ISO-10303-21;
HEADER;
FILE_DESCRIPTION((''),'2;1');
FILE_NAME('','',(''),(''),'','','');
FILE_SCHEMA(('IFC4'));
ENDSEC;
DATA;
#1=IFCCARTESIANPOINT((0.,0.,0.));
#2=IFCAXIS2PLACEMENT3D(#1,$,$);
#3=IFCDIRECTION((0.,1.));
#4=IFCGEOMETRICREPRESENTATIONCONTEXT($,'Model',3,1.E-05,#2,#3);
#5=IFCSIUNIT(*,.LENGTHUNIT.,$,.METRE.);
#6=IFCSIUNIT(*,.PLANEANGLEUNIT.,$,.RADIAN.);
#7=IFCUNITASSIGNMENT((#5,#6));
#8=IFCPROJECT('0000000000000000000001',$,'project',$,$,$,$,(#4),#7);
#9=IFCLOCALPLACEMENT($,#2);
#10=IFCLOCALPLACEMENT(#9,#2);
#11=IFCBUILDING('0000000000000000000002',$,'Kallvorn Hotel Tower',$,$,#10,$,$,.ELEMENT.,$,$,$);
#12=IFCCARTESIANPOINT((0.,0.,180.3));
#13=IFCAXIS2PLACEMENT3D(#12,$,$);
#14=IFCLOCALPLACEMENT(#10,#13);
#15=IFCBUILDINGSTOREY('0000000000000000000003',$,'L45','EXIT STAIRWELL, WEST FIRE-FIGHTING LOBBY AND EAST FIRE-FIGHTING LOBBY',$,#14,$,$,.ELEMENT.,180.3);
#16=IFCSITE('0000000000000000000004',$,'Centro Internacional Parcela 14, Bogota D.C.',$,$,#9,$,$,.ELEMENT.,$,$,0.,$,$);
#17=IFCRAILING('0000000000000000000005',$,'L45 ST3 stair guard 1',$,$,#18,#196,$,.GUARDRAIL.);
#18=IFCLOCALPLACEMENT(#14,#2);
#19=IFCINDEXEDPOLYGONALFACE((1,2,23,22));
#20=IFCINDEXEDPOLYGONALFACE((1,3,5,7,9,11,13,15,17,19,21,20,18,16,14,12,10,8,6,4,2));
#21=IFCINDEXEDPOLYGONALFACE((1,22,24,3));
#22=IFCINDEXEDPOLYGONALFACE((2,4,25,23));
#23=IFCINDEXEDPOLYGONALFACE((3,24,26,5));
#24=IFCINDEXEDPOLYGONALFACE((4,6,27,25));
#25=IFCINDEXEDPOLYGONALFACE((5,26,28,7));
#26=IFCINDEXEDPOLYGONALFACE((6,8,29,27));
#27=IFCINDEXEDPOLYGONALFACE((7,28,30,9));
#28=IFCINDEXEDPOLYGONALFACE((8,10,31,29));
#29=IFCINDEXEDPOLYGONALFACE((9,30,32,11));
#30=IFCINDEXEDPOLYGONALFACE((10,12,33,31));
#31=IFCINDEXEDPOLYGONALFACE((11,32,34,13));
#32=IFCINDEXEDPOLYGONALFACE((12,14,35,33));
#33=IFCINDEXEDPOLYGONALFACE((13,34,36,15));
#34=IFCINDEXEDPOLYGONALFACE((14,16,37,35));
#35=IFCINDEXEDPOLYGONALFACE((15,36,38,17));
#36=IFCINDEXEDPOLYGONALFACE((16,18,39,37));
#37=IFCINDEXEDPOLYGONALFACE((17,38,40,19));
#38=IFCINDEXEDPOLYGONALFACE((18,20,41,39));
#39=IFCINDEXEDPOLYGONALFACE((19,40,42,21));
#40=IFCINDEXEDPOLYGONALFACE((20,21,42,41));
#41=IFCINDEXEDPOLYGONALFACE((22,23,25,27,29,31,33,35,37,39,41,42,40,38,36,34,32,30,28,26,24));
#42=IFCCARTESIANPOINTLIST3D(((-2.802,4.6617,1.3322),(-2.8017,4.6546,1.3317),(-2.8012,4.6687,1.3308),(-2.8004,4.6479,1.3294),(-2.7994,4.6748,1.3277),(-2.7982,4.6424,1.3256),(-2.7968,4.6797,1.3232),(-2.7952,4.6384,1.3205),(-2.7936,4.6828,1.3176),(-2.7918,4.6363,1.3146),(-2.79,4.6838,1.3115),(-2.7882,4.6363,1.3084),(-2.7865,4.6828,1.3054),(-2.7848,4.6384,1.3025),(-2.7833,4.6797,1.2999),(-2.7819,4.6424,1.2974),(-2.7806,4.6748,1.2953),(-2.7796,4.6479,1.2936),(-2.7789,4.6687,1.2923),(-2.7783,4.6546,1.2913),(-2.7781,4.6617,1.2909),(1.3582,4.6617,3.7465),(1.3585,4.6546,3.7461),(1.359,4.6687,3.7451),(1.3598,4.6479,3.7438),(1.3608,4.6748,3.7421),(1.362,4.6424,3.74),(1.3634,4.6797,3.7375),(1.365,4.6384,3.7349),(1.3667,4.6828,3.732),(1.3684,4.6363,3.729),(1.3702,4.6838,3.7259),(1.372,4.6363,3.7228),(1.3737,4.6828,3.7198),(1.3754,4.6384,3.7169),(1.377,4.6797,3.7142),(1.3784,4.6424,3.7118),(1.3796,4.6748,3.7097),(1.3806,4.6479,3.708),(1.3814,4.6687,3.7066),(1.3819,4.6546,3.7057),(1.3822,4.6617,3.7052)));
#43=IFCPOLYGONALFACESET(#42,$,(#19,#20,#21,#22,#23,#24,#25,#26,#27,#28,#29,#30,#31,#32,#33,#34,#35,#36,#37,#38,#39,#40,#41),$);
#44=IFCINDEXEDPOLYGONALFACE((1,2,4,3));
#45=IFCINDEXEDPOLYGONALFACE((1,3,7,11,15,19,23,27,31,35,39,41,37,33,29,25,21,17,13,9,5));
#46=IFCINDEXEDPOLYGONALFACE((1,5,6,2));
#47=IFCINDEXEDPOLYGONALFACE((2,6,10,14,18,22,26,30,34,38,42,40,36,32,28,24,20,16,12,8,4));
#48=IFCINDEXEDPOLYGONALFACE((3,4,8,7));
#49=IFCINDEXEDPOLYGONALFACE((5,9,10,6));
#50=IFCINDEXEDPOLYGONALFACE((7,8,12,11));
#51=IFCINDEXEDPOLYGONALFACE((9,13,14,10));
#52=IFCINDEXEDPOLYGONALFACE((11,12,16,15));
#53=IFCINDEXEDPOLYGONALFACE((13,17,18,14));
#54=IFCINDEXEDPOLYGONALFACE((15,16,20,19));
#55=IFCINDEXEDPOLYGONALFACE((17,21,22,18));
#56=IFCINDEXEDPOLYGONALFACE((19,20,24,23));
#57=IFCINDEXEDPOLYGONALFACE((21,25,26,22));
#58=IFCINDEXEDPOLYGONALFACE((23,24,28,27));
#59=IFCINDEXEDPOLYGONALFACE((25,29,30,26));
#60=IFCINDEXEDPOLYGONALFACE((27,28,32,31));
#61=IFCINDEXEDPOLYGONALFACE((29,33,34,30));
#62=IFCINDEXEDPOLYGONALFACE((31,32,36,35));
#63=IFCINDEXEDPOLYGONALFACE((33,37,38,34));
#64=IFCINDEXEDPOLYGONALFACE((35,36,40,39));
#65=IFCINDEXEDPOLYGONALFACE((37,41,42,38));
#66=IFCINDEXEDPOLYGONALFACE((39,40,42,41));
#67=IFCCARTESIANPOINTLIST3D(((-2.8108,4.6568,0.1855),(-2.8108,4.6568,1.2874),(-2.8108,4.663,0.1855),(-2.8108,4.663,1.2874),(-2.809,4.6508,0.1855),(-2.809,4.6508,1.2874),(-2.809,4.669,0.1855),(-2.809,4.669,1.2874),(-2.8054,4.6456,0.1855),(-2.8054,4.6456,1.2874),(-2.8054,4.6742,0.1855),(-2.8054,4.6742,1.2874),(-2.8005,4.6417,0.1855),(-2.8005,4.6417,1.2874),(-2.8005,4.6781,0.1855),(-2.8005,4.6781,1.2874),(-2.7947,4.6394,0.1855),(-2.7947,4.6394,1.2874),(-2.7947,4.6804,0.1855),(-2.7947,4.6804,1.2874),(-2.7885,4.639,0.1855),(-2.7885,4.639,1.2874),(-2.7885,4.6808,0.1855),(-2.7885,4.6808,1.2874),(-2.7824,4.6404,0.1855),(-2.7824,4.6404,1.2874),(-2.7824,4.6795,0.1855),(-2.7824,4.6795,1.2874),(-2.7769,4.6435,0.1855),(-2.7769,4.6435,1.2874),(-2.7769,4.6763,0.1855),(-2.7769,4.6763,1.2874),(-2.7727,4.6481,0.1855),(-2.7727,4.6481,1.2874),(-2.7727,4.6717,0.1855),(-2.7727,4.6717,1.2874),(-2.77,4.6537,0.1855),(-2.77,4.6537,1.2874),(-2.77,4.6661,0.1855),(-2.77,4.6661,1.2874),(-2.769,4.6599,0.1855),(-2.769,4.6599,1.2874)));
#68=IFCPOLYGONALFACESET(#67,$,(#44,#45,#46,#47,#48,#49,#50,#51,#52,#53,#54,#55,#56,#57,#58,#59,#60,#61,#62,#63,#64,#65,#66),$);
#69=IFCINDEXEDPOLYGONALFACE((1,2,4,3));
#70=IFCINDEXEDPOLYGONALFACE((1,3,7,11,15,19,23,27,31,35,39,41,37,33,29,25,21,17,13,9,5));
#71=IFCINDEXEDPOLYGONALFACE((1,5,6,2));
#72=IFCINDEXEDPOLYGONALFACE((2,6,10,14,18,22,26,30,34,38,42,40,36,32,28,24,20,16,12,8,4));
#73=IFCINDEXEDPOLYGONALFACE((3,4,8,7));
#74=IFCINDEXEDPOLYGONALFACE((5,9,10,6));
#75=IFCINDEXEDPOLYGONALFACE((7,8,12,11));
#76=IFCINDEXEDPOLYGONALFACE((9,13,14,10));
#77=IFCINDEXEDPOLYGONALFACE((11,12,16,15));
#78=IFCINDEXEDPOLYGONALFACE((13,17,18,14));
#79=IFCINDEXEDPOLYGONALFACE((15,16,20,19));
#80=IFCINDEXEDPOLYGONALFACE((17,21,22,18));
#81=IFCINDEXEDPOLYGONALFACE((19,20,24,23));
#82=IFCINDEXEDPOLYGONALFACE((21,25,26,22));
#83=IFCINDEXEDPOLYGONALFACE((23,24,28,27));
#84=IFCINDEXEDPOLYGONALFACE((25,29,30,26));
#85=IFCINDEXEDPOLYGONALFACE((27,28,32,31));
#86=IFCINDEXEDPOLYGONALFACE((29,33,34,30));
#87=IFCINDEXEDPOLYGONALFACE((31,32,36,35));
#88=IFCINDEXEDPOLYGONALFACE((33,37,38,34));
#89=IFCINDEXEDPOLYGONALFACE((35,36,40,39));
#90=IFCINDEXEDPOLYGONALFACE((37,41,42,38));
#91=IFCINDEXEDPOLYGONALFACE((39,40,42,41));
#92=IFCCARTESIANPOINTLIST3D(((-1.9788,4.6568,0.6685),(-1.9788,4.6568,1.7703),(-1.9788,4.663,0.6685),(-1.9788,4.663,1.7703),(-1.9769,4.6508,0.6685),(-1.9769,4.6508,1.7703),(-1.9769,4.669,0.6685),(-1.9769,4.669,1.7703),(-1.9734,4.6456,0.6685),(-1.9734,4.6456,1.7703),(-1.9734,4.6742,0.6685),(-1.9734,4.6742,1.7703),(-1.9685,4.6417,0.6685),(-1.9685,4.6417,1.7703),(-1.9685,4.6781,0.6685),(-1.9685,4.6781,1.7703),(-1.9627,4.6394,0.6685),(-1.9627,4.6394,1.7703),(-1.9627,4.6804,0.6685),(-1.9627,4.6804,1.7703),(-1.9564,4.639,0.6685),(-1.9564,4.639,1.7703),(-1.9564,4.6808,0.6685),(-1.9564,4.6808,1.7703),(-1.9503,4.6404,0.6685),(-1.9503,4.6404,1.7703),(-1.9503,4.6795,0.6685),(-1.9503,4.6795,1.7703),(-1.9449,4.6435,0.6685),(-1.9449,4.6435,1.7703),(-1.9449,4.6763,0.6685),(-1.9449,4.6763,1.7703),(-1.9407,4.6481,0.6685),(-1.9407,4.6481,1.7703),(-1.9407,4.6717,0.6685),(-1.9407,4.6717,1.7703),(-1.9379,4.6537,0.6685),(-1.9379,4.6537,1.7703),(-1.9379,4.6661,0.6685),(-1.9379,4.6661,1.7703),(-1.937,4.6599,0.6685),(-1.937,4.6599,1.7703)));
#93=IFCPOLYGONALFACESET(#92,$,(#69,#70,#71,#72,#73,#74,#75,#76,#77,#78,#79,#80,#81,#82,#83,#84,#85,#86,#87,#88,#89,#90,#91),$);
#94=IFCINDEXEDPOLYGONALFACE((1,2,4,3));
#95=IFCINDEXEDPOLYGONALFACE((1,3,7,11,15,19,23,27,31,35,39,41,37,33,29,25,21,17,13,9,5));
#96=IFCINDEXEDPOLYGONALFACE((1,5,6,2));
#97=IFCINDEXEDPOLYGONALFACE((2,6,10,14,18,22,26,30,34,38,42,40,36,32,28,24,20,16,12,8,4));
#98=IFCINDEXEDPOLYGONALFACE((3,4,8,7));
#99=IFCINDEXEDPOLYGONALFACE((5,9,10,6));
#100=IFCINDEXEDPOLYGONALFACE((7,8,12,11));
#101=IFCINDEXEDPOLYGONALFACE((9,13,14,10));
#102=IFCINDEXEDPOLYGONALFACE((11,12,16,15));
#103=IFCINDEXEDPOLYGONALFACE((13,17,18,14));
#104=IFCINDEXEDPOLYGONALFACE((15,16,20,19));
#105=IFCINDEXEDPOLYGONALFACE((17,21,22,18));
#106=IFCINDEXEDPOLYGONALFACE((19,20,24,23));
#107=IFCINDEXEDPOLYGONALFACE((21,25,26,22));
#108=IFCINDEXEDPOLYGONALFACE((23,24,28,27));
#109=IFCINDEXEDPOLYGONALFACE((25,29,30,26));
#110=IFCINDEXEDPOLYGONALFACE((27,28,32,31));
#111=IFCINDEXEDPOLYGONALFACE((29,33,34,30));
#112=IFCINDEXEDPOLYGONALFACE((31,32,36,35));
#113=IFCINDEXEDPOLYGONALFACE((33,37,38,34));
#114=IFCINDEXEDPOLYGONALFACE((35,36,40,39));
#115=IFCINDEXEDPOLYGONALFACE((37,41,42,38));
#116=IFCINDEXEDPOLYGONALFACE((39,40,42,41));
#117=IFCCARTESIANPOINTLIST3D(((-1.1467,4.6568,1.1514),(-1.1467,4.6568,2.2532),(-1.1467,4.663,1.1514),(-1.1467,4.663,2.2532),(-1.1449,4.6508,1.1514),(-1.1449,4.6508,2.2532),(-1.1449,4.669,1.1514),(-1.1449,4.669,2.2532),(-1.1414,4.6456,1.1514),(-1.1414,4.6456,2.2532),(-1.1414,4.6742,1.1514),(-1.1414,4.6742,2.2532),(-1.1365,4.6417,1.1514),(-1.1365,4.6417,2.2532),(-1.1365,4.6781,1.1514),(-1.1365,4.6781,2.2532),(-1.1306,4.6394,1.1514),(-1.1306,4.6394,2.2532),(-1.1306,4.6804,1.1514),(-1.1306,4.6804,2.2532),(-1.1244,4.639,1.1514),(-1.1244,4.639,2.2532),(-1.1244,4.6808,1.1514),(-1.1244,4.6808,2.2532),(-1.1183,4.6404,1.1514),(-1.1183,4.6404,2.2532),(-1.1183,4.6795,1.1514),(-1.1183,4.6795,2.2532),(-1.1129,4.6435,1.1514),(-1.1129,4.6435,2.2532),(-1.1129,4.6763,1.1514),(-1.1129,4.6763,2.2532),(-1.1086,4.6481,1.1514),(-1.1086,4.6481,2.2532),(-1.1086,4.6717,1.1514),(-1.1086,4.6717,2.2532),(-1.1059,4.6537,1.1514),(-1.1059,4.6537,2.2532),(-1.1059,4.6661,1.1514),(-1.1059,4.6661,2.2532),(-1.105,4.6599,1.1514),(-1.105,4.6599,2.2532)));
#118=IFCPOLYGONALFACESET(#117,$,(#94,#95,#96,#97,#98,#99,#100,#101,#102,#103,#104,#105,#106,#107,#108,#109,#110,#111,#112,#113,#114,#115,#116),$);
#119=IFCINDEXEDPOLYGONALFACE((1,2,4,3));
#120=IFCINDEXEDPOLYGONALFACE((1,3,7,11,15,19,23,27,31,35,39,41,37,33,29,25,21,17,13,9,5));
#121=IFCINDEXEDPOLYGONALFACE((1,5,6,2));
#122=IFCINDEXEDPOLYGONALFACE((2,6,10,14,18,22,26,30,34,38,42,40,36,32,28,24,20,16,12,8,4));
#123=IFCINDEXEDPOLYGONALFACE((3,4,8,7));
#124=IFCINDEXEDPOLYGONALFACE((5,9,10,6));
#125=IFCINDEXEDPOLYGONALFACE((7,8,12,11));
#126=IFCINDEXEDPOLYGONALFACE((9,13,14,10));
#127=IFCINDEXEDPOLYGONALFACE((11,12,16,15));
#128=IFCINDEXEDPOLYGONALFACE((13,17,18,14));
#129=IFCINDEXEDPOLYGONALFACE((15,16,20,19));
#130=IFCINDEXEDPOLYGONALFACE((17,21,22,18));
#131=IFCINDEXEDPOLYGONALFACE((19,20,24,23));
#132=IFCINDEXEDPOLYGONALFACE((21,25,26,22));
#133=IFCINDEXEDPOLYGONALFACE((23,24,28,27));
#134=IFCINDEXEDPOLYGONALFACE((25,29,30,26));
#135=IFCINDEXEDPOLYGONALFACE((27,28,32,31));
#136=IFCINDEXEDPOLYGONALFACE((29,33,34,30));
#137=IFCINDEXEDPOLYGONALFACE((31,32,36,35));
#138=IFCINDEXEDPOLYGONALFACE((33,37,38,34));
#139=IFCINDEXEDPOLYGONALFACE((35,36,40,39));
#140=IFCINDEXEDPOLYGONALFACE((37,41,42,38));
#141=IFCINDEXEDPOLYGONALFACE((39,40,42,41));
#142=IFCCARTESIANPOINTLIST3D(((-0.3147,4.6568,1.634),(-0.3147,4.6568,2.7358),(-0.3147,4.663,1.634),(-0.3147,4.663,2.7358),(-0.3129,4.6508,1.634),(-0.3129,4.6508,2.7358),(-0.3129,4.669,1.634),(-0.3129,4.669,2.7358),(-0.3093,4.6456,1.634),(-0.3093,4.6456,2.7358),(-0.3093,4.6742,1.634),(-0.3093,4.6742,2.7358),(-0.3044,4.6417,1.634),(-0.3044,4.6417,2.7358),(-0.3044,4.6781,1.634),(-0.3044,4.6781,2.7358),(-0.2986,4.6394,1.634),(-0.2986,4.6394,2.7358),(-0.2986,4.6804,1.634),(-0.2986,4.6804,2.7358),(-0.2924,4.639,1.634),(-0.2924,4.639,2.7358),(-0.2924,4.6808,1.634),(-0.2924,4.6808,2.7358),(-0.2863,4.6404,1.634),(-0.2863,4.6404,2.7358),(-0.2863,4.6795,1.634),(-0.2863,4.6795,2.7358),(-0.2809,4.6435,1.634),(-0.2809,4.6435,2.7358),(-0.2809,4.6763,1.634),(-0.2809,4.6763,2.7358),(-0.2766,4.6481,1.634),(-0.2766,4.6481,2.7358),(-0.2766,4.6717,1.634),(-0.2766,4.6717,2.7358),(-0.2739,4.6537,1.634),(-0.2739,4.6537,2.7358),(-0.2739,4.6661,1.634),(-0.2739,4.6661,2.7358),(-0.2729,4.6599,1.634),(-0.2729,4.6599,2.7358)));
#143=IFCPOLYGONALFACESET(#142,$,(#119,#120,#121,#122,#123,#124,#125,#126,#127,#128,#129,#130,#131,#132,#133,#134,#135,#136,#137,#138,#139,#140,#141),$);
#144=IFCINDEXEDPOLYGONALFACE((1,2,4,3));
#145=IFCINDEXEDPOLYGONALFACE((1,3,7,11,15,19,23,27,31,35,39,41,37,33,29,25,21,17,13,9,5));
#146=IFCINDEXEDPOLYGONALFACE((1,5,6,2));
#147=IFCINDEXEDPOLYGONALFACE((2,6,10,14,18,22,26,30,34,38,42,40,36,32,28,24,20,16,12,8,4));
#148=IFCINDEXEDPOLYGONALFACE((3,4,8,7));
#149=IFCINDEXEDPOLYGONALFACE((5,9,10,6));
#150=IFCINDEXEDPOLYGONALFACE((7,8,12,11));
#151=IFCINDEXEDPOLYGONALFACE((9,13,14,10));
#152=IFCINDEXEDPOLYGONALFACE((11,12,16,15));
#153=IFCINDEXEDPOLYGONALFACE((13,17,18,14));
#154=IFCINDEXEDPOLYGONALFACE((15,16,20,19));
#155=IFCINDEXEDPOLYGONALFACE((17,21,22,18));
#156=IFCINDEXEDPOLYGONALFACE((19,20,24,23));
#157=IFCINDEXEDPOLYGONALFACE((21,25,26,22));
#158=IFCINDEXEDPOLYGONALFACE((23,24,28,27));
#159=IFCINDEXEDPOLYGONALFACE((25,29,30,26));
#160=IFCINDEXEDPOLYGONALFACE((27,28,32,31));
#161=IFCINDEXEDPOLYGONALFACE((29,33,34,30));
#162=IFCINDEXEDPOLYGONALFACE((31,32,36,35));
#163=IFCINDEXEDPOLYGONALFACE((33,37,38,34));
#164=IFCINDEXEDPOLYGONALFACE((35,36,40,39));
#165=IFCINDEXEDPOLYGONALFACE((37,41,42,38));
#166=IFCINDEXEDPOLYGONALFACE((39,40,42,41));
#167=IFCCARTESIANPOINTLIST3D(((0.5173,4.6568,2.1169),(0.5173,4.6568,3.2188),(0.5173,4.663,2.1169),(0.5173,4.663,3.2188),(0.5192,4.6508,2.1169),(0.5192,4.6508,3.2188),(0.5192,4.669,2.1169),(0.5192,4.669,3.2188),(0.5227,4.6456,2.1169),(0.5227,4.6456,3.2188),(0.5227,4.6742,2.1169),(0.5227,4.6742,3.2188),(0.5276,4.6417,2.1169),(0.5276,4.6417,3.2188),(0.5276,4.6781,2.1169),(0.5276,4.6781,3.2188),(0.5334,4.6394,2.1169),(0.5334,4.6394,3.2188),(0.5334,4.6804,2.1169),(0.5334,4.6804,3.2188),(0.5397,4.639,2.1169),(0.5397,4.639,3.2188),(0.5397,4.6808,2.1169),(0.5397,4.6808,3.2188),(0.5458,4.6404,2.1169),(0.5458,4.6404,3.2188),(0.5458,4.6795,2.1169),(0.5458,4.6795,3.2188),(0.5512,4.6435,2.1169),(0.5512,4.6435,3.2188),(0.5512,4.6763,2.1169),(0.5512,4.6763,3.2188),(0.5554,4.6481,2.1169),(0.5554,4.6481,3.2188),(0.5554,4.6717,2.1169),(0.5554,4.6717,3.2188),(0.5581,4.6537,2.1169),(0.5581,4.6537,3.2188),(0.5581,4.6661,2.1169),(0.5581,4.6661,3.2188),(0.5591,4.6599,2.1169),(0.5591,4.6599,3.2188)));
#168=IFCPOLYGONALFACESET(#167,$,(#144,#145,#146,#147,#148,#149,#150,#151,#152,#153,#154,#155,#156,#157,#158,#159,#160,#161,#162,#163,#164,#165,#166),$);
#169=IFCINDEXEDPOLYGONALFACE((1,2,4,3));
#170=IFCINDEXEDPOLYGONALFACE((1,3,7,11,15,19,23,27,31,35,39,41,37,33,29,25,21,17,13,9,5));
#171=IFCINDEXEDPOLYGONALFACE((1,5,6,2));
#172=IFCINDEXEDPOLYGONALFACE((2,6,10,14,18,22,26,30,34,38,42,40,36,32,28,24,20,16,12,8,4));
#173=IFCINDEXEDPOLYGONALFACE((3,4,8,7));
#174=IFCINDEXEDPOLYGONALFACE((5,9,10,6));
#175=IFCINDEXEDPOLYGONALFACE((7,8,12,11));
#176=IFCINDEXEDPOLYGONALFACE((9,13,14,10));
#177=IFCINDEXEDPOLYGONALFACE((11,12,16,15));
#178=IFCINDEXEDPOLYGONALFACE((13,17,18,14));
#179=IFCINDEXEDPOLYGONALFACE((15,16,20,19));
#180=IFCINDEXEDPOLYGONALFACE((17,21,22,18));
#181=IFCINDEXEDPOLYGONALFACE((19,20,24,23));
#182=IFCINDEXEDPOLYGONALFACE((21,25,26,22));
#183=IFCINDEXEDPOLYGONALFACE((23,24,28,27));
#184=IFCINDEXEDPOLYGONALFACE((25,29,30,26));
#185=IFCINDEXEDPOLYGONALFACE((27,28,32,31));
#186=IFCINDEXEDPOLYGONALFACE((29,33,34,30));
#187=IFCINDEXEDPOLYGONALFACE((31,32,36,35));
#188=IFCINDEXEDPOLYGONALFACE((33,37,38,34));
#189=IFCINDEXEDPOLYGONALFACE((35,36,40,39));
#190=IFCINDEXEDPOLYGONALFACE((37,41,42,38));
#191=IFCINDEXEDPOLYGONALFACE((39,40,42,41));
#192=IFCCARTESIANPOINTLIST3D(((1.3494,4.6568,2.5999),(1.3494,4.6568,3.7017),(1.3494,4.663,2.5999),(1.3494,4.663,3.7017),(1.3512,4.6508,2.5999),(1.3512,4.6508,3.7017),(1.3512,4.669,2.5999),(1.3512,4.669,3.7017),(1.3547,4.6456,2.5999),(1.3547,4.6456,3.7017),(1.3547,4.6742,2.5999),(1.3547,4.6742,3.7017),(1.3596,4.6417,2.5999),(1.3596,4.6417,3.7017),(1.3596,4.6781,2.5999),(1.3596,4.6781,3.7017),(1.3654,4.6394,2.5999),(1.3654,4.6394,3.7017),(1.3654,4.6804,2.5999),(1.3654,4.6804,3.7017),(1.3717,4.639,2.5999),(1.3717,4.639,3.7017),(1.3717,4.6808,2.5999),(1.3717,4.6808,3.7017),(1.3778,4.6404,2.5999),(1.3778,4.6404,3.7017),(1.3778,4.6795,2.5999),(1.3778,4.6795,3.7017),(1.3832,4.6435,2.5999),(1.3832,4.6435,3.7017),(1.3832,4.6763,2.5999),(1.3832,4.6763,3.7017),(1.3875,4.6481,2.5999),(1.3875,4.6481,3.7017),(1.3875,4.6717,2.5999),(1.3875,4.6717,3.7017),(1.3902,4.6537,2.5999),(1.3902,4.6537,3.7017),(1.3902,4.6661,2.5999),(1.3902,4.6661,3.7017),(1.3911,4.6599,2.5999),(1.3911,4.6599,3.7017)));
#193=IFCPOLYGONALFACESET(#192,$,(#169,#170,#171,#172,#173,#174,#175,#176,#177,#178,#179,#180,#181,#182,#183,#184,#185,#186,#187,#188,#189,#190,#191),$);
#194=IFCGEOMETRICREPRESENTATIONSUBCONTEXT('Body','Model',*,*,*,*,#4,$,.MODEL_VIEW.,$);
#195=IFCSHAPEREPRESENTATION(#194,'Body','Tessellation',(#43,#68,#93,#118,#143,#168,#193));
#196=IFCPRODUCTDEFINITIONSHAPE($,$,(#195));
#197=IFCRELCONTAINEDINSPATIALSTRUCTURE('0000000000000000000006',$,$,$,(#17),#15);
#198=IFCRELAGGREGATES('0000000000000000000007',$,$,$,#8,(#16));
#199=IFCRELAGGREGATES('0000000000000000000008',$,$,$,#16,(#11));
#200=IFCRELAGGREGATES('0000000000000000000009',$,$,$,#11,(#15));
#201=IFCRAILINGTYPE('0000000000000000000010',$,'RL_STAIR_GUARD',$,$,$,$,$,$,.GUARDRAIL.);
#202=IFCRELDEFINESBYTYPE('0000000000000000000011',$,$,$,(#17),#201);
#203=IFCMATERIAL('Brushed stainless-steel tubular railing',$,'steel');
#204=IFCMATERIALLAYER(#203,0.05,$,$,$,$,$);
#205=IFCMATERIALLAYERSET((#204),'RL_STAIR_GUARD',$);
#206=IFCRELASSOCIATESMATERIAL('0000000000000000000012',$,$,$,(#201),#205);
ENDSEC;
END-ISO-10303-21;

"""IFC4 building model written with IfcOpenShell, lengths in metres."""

from ifc_helpers import new_model, si_unit, direction, frame, origin, origin_2d, place, context, subcontext, project, spatial, circle, extrude, material, layer, layer_set, type_object, element, save


model = new_model("IFC4")

# Units and contexts
model_context = context("Model", 3, precision=1e-05, world=origin(), true_north=direction((0.0, 1.0)))
body_context = subcontext(model_context, "Body", "Model", "MODEL_VIEW")
ifc_project = project(units=[si_unit("LENGTHUNIT", "METRE"), si_unit("PLANEANGLEUNIT", "RADIAN")], contexts=[model_context])

# Site, building, storey
site_placement = place(None, origin())
site = spatial("IfcSite", under=ifc_project, at=site_placement, Name="Centro Internacional Parcela 14, Bogota D.C.", CompositionType="ELEMENT", RefElevation=0.0)
building_placement = place(site_placement, origin())
building = spatial("IfcBuilding", under=site, at=building_placement, Name="Kallvorn Hotel Tower", CompositionType="ELEMENT")
storey_placement = place(building_placement, frame((0.0, 0.0, 180.3)))
storey = spatial("IfcBuildingStorey", under=building, at=storey_placement, Name="L45", Description="EXIT STAIRWELL, WEST FIRE-FIGHTING LOBBY AND EAST FIRE-FIGHTING LOBBY", CompositionType="ELEMENT", Elevation=180.3)

# Railing
ifc_material_1 = material(Name="Brushed stainless-steel tubular railing", Category="steel")
ifc_layer_1 = layer(ifc_material_1, 0.05)
ifc_layer_set_1 = layer_set([ifc_layer_1], Name="RL_STAIR_GUARD")
railing_type_1 = type_object("IfcRailingType", Name="RL_STAIR_GUARD", PredefinedType="GUARDRAIL", material=ifc_layer_set_1)
railing_1_placement = place(storey_placement, frame((-2.79, 4.6599, 0.1855)))
element("IfcRailing", 1, at=railing_1_placement, inside=storey, type_object=railing_type_1, Name="L45 ST3 stair guard 1", PredefinedType="GUARDRAIL", context=body_context, shape_type="SweptSolid", body=[
    extrude(circle(Radius=0.0239, at=origin_2d()), frame((0.0, 0.0, 1.126), z_axis=(0.864903, 0.0, 0.501938), x_axis=(0.0, 1.0, 0.0)), (0.0, 0.0, 1.0), 4.8101),
    extrude(circle(Radius=0.021, at=origin_2d()), origin(), (0.0, 0.0, 1.0), 1.1018),
    extrude(circle(Radius=0.021, at=origin_2d()), frame((0.832, 0.0, 0.4829)), (0.0, 0.0, 1.0), 1.1018),
    extrude(circle(Radius=0.021, at=origin_2d()), frame((1.6641, 0.0, 0.9658)), (0.0, 0.0, 1.0), 1.1018),
    extrude(circle(Radius=0.021, at=origin_2d()), frame((2.4961, 0.0, 1.4485)), (0.0, 0.0, 1.0), 1.1018),
    extrude(circle(Radius=0.021, at=origin_2d()), frame((3.3281, 0.0, 1.9314)), (0.0, 0.0, 1.0), 1.1018),
    extrude(circle(Radius=0.021, at=origin_2d()), frame((4.1602, 0.0, 2.4143)), (0.0, 0.0, 1.0), 1.1018),
])

save(model, "model.ifc")
